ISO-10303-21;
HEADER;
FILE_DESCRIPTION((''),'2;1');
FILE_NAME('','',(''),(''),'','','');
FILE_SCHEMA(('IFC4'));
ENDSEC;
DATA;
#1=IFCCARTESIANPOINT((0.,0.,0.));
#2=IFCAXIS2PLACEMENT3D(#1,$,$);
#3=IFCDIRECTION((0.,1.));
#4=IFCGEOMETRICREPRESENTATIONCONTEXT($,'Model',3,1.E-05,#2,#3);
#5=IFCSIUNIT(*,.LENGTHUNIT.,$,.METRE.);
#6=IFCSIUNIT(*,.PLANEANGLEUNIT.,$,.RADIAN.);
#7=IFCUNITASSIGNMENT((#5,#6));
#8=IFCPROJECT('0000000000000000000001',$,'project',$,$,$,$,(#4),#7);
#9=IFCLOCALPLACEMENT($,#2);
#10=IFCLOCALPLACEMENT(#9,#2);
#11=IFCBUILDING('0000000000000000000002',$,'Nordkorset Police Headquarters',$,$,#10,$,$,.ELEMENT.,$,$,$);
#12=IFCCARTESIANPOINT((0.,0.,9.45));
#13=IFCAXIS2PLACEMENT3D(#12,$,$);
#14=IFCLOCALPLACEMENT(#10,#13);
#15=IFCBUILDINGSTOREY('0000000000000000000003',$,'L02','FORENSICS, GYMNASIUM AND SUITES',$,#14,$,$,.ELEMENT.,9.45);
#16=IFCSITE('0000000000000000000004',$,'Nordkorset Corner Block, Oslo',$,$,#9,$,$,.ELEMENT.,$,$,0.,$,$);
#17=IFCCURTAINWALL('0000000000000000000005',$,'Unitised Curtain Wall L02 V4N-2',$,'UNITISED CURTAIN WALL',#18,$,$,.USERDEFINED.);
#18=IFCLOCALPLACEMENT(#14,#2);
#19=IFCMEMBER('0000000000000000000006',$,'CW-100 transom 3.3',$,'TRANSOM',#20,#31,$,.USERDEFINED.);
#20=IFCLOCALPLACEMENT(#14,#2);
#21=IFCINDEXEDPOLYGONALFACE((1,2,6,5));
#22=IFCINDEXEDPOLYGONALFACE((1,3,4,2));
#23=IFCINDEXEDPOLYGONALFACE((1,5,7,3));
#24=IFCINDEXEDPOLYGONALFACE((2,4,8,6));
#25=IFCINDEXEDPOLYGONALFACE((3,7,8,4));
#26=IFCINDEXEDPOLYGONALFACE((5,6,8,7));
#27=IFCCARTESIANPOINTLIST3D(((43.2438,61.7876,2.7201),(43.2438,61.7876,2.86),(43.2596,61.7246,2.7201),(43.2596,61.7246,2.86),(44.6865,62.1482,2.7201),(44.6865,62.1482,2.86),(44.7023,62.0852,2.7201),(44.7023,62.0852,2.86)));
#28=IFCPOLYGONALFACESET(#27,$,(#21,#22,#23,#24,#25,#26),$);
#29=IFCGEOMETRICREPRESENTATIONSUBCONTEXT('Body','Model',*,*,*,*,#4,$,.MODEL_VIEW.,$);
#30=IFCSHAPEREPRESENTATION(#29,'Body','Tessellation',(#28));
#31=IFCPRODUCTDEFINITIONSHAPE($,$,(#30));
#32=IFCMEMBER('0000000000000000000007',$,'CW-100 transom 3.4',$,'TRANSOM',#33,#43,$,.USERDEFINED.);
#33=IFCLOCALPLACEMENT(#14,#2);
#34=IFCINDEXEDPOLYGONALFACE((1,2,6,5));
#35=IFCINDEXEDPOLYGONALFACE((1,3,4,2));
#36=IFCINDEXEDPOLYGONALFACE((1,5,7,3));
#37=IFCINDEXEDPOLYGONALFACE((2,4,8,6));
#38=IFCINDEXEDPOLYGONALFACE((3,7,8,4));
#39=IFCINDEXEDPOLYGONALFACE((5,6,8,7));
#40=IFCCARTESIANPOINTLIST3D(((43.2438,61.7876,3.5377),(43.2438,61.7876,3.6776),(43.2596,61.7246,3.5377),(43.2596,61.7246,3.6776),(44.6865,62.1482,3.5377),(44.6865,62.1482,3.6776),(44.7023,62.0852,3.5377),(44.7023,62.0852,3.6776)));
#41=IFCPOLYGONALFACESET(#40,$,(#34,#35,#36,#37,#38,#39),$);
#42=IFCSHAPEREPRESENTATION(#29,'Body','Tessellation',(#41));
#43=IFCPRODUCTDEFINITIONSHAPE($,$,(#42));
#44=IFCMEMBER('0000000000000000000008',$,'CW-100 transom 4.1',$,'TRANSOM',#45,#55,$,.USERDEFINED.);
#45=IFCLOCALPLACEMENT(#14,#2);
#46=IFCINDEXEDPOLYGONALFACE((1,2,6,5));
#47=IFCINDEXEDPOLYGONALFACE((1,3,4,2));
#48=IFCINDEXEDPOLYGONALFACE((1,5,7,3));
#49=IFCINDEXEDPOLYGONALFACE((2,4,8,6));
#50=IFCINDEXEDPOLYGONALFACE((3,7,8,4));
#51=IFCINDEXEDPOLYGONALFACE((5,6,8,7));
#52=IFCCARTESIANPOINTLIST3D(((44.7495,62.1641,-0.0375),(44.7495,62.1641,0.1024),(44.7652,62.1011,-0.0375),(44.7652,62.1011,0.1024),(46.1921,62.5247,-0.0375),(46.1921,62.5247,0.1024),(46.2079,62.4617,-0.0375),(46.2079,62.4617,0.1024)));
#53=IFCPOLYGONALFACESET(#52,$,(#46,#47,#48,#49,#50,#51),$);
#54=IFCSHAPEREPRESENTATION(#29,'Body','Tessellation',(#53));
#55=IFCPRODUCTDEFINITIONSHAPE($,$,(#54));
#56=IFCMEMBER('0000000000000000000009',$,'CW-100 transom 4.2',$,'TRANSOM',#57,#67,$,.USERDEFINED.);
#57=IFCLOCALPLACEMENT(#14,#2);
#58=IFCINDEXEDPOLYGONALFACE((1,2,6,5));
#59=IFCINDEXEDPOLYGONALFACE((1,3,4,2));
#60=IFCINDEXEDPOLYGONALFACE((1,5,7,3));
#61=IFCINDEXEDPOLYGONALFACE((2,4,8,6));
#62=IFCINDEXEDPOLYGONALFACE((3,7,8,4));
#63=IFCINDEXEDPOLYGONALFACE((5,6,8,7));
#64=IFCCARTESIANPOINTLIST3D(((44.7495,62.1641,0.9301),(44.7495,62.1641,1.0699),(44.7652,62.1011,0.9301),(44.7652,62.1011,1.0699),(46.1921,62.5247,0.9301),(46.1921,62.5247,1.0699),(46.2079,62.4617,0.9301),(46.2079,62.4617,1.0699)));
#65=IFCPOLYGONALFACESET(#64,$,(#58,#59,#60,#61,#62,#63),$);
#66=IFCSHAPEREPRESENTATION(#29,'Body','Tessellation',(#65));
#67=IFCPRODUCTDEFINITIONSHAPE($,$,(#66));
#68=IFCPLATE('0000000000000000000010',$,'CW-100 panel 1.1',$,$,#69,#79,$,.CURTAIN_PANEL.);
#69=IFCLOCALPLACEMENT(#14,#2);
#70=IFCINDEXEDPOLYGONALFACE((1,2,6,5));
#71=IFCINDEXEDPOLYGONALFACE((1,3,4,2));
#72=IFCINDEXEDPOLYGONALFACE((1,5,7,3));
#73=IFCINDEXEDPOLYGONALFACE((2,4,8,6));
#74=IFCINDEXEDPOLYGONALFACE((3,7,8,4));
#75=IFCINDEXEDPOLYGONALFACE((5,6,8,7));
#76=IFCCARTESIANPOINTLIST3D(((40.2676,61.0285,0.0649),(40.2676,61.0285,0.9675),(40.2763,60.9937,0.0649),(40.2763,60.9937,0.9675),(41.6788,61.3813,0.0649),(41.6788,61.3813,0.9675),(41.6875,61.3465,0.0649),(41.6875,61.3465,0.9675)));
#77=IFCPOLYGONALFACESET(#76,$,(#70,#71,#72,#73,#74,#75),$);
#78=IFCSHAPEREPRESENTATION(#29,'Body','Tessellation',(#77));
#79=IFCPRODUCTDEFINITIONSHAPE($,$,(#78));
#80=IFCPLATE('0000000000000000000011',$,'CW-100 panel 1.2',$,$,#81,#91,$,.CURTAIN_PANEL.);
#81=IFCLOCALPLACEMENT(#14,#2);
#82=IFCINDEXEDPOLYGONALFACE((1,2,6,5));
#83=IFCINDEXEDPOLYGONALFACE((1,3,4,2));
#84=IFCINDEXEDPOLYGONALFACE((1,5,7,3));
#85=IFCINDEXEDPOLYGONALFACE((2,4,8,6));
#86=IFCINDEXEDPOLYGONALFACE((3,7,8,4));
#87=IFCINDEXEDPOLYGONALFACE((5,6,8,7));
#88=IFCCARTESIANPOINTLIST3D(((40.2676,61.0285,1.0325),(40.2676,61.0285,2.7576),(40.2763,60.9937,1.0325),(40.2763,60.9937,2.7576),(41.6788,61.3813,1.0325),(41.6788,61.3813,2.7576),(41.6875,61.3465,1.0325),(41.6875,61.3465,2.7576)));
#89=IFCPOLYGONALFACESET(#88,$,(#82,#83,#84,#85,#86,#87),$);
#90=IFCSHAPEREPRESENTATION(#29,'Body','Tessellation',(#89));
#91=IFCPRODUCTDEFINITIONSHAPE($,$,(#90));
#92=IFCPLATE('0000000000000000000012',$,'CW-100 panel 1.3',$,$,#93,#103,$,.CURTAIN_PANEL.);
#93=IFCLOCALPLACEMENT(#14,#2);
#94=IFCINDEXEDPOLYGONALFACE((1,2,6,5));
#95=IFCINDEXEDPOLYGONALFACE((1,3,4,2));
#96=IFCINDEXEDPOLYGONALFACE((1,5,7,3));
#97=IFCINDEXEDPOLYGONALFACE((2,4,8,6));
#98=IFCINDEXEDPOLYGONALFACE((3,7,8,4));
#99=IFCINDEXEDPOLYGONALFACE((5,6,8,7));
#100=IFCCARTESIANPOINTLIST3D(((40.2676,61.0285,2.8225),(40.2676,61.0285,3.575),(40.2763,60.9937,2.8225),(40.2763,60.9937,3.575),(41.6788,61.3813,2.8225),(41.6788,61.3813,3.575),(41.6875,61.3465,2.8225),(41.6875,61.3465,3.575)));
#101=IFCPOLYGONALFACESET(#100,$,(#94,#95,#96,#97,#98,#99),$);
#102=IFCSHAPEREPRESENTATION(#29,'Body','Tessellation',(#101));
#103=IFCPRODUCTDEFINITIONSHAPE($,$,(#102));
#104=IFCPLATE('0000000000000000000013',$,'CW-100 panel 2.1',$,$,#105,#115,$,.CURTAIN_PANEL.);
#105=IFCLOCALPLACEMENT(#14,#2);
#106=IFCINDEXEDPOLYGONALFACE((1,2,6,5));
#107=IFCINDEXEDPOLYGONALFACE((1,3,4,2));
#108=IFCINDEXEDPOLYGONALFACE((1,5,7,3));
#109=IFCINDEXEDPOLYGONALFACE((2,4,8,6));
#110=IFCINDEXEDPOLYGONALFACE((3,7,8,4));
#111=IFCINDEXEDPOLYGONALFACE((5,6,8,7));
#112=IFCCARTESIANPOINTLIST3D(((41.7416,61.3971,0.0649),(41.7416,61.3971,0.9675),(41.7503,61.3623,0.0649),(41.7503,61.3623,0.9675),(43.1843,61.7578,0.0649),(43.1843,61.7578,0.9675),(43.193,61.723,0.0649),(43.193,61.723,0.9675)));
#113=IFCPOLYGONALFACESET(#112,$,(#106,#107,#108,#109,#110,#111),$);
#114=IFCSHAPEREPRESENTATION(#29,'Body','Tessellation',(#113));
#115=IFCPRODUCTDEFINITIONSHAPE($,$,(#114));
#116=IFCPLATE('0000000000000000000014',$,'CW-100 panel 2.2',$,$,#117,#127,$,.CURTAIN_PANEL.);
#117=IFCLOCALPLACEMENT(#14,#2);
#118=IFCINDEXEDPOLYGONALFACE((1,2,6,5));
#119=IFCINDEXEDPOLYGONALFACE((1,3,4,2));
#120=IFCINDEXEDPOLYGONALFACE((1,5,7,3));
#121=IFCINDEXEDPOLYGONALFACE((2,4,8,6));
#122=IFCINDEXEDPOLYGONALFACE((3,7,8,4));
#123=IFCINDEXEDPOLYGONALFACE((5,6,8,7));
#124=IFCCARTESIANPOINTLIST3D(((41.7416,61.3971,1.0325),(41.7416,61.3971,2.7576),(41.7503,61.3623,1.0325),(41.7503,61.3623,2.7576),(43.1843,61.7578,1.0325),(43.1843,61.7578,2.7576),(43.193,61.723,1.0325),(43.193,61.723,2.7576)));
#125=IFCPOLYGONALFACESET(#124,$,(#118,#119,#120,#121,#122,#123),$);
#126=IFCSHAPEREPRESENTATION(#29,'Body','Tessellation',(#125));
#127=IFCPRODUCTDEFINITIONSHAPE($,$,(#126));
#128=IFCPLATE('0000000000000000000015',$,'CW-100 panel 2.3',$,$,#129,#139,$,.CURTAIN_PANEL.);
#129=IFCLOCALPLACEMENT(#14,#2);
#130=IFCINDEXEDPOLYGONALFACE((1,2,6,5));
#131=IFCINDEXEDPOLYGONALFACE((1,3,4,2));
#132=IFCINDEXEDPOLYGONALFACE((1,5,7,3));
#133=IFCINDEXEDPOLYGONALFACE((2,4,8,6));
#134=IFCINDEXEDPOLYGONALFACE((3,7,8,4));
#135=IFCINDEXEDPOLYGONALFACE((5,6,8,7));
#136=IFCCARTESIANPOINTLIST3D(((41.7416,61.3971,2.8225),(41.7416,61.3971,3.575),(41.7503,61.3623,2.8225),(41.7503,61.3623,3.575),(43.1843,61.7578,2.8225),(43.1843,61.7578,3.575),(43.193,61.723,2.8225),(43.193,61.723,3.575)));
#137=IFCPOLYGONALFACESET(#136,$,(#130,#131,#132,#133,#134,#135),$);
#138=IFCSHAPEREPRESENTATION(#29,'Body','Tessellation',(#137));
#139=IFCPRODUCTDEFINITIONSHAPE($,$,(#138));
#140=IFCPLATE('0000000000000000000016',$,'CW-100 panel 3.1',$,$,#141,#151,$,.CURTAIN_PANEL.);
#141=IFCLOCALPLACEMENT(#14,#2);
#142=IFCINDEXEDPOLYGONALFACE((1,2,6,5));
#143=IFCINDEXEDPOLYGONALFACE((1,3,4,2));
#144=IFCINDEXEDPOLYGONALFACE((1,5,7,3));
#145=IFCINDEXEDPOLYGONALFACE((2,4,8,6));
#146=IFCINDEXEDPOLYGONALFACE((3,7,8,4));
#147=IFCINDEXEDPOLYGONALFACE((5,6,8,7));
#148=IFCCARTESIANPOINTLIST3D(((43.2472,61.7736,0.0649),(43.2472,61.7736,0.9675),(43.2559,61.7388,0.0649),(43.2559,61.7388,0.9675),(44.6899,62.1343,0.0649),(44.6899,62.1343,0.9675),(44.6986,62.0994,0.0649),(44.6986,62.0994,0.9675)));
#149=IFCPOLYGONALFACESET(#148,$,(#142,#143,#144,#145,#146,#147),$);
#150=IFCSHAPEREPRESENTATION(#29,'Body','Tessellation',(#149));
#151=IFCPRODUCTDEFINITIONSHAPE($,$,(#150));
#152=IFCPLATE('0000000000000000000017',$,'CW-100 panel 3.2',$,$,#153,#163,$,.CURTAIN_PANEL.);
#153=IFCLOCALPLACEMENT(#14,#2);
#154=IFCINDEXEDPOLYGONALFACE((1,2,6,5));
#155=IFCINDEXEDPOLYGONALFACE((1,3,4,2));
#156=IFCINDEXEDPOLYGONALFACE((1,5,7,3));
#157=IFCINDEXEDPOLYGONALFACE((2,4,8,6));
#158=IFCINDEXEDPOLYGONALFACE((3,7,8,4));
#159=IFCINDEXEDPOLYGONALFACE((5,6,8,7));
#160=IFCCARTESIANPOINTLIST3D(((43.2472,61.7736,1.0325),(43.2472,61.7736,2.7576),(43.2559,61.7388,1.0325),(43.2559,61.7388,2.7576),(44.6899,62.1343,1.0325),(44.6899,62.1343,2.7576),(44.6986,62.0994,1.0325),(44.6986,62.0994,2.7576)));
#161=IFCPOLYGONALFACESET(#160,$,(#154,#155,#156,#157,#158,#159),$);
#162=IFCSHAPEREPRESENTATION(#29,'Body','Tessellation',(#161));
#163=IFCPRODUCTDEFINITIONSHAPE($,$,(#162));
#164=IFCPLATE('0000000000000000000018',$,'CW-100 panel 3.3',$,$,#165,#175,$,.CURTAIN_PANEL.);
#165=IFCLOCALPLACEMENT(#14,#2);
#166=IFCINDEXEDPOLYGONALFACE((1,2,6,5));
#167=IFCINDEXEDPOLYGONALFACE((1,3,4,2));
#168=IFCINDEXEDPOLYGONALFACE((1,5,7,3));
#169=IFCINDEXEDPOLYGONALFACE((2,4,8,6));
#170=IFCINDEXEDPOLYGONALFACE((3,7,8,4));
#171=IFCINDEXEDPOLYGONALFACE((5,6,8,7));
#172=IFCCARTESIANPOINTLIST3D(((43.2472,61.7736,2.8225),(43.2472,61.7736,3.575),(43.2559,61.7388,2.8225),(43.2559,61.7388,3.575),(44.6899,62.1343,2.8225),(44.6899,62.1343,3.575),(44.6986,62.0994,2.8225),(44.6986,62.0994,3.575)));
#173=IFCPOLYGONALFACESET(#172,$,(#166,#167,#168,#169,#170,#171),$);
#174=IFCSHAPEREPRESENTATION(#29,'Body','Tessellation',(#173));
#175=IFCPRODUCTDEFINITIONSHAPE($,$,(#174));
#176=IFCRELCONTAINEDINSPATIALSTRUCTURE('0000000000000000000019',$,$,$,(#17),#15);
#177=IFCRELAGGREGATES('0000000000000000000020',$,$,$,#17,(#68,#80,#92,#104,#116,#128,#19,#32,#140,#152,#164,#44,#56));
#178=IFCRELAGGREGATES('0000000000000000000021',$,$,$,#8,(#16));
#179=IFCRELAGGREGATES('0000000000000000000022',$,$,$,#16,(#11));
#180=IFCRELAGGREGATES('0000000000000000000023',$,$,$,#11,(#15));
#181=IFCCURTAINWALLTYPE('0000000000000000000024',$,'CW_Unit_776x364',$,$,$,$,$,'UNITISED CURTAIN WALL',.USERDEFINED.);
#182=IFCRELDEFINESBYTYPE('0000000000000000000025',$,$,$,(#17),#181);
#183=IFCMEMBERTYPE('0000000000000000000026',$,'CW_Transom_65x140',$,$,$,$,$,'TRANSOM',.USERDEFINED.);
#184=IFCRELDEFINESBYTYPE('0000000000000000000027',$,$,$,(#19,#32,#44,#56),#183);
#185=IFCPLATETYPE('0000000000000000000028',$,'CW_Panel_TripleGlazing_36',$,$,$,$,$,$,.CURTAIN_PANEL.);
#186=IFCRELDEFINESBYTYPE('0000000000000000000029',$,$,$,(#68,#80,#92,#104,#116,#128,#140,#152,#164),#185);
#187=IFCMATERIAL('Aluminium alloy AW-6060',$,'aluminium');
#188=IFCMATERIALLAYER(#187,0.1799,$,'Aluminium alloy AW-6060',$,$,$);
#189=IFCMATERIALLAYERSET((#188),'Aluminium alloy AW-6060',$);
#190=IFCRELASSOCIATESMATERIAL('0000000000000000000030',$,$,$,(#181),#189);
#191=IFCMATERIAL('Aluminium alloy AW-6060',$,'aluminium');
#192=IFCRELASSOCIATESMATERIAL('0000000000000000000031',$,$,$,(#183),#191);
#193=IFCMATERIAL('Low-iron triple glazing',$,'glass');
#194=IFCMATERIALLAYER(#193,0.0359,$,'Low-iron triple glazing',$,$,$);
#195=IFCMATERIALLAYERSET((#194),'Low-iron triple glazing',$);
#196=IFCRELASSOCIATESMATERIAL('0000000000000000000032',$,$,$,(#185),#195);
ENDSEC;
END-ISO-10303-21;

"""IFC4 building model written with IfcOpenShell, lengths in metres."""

from ifc_helpers import new_model, si_unit, direction, frame, origin, origin_2d, place, context, subcontext, project, spatial, rectangle, extrude, material, layer, layer_set, material_profile, profile_set, type_object, element, aggregate, save


model = new_model("IFC4")

# Units and contexts
model_context = context("Model", 3, precision=1e-05, world=origin(), true_north=direction((0.0, 1.0)))
body_context = subcontext(model_context, "Body", "Model", "MODEL_VIEW")
ifc_project = project(units=[si_unit("LENGTHUNIT", "METRE"), si_unit("PLANEANGLEUNIT", "RADIAN")], contexts=[model_context])

# Site, building, storey
site_placement = place(None, origin())
site = spatial("IfcSite", under=ifc_project, at=site_placement, Name="Nordkorset Corner Block, Oslo", CompositionType="ELEMENT", RefElevation=0.0)
building_placement = place(site_placement, origin())
building = spatial("IfcBuilding", under=site, at=building_placement, Name="Nordkorset Police Headquarters", CompositionType="ELEMENT")
storey_placement = place(building_placement, frame((0.0, 0.0, 9.45)))
storey = spatial("IfcBuildingStorey", under=building, at=storey_placement, Name="L02", Description="FORENSICS, GYMNASIUM AND SUITES", CompositionType="ELEMENT", Elevation=9.45)

# Curtain wall, members, plates
ifc_material_1 = material(Name="Aluminium alloy AW-6060", Category="aluminium")
ifc_layer_1 = layer(ifc_material_1, 0.1799, Name="Aluminium alloy AW-6060")
ifc_layer_set_1 = layer_set([ifc_layer_1], Name="Aluminium alloy AW-6060")
curtain_wall_type = type_object("IfcCurtainWallType", Name="CW_Unit_776x364", ElementType="UNITISED CURTAIN WALL", PredefinedType="USERDEFINED", material=ifc_layer_set_1)
curtain_wall_placement = place(storey_placement, origin())
curtain_wall = element("IfcCurtainWall", 1, at=curtain_wall_placement, inside=storey, type_object=curtain_wall_type, Name="Unitised Curtain Wall L02 V4N-2", ObjectType="UNITISED CURTAIN WALL", PredefinedType="USERDEFINED")
ifc_material_2 = material(Name="Aluminium alloy AW-6060", Category="aluminium")
ifc_material_profile_1 = material_profile(ifc_material_2, rectangle(XDim=0.0649, YDim=0.1399, at=origin_2d()), Name="ALU TRAN 65x140")
ifc_profile_set_1 = profile_set([ifc_material_profile_1], Name="Aluminium alloy AW-6060")
member_type_1 = type_object("IfcMemberType", Name="CW_Transom_65x140", ElementType="TRANSOM", PredefinedType="USERDEFINED", material=ifc_profile_set_1)
member_1_placement = place(storey_placement, frame((43.2517, 61.7561, 2.79), z_axis=(0.970152, 0.242497, 0.0), x_axis=(-0.242497, 0.970152, 0.0)))
member_1 = element("IfcMember", 2, at=member_1_placement, type_object=member_type_1, Name="CW-100 transom 3.3", ObjectType="TRANSOM", PredefinedType="USERDEFINED", context=body_context, shape_type="SweptSolid", body=[
    extrude(rectangle(XDim=0.0649, YDim=0.1399, at=origin_2d()), origin(), (0.0, 0.0, 1.0), 1.4871),
])
member_2_placement = place(storey_placement, frame((43.2517, 61.7561, 3.6077), z_axis=(0.970152, 0.242497, 0.0), x_axis=(-0.242497, 0.970152, 0.0)))
member_2 = element("IfcMember", 3, at=member_2_placement, type_object=member_type_1, Name="CW-100 transom 3.4", ObjectType="TRANSOM", PredefinedType="USERDEFINED", context=body_context, shape_type="SweptSolid", body=[
    extrude(rectangle(XDim=0.0649, YDim=0.1399, at=origin_2d()), origin(), (0.0, 0.0, 1.0), 1.4871),
])
member_3_placement = place(storey_placement, frame((44.7573, 62.1326, 0.0325), z_axis=(0.970152, 0.242497, 0.0), x_axis=(-0.242497, 0.970152, 0.0)))
member_3 = element("IfcMember", 4, at=member_3_placement, type_object=member_type_1, Name="CW-100 transom 4.1", ObjectType="TRANSOM", PredefinedType="USERDEFINED", context=body_context, shape_type="SweptSolid", body=[
    extrude(rectangle(XDim=0.0649, YDim=0.1399, at=origin_2d()), origin(), (0.0, 0.0, 1.0), 1.4871),
])
member_4_placement = place(storey_placement, frame((44.7573, 62.1326, 1.0), z_axis=(0.970152, 0.242497, 0.0), x_axis=(-0.242497, 0.970152, 0.0)))
member_4 = element("IfcMember", 5, at=member_4_placement, type_object=member_type_1, Name="CW-100 transom 4.2", ObjectType="TRANSOM", PredefinedType="USERDEFINED", context=body_context, shape_type="SweptSolid", body=[
    extrude(rectangle(XDim=0.0649, YDim=0.1399, at=origin_2d()), origin(), (0.0, 0.0, 1.0), 1.4871),
])
ifc_material_3 = material(Name="Low-iron triple glazing", Category="glass")
ifc_layer_2 = layer(ifc_material_3, 0.0359, Name="Low-iron triple glazing")
ifc_layer_set_2 = layer_set([ifc_layer_2], Name="Low-iron triple glazing")
plate_type = type_object("IfcPlateType", Name="CW_Panel_TripleGlazing_36", PredefinedType="CURTAIN_PANEL", material=ifc_layer_set_2)
plate_1_placement = place(storey_placement, frame((40.9775, 61.1875, 0.0649), z_axis=(0.0, 0.0, 1.0), x_axis=(0.970142, 0.242536, 0.0)))
plate_1 = element("IfcPlate", 6, at=plate_1_placement, type_object=plate_type, Name="CW-100 panel 1.1", PredefinedType="CURTAIN_PANEL", context=body_context, shape_type="SweptSolid", body=[
    extrude(rectangle(XDim=1.4546, YDim=0.0359, at=origin_2d()), origin(), (0.0, 0.0, 1.0), 0.9026),
])
plate_2_placement = place(storey_placement, frame((40.9775, 61.1875, 1.0325), z_axis=(0.0, 0.0, 1.0), x_axis=(0.970142, 0.242536, 0.0)))
plate_2 = element("IfcPlate", 7, at=plate_2_placement, type_object=plate_type, Name="CW-100 panel 1.2", PredefinedType="CURTAIN_PANEL", context=body_context, shape_type="SweptSolid", body=[
    extrude(rectangle(XDim=1.4546, YDim=0.0359, at=origin_2d()), origin(), (0.0, 0.0, 1.0), 1.7251),
])
plate_3_placement = place(storey_placement, frame((40.9775, 61.1875, 2.8225), z_axis=(0.0, 0.0, 1.0), x_axis=(0.970142, 0.242536, 0.0)))
plate_3 = element("IfcPlate", 8, at=plate_3_placement, type_object=plate_type, Name="CW-100 panel 1.3", PredefinedType="CURTAIN_PANEL", context=body_context, shape_type="SweptSolid", body=[
    extrude(rectangle(XDim=1.4546, YDim=0.0359, at=origin_2d()), origin(), (0.0, 0.0, 1.0), 0.7524),
])
plate_4_placement = place(storey_placement, frame((42.4673, 61.5601, 0.0649), z_axis=(0.0, 0.0, 1.0), x_axis=(0.970142, 0.242536, 0.0)))
plate_4 = element("IfcPlate", 9, at=plate_4_placement, type_object=plate_type, Name="CW-100 panel 2.1", PredefinedType="CURTAIN_PANEL", context=body_context, shape_type="SweptSolid", body=[
    extrude(rectangle(XDim=1.4871, YDim=0.0359, at=origin_2d()), origin(), (0.0, 0.0, 1.0), 0.9026),
])
plate_5_placement = place(storey_placement, frame((42.4673, 61.5601, 1.0325), z_axis=(0.0, 0.0, 1.0), x_axis=(0.970142, 0.242536, 0.0)))
plate_5 = element("IfcPlate", 10, at=plate_5_placement, type_object=plate_type, Name="CW-100 panel 2.2", PredefinedType="CURTAIN_PANEL", context=body_context, shape_type="SweptSolid", body=[
    extrude(rectangle(XDim=1.4871, YDim=0.0359, at=origin_2d()), origin(), (0.0, 0.0, 1.0), 1.7251),
])
plate_6_placement = place(storey_placement, frame((42.4673, 61.5601, 2.8225), z_axis=(0.0, 0.0, 1.0), x_axis=(0.970142, 0.242536, 0.0)))
plate_6 = element("IfcPlate", 11, at=plate_6_placement, type_object=plate_type, Name="CW-100 panel 2.3", PredefinedType="CURTAIN_PANEL", context=body_context, shape_type="SweptSolid", body=[
    extrude(rectangle(XDim=1.4871, YDim=0.0359, at=origin_2d()), origin(), (0.0, 0.0, 1.0), 0.7524),
])
plate_7_placement = place(storey_placement, frame((43.9729, 61.9365, 0.0649), z_axis=(0.0, 0.0, 1.0), x_axis=(0.970142, 0.242536, 0.0)))
plate_7 = element("IfcPlate", 12, at=plate_7_placement, type_object=plate_type, Name="CW-100 panel 3.1", PredefinedType="CURTAIN_PANEL", context=body_context, shape_type="SweptSolid", body=[
    extrude(rectangle(XDim=1.4871, YDim=0.0359, at=origin_2d()), origin(), (0.0, 0.0, 1.0), 0.9026),
])
plate_8_placement = place(storey_placement, frame((43.9729, 61.9365, 1.0325), z_axis=(0.0, 0.0, 1.0), x_axis=(0.970142, 0.242536, 0.0)))
plate_8 = element("IfcPlate", 13, at=plate_8_placement, type_object=plate_type, Name="CW-100 panel 3.2", PredefinedType="CURTAIN_PANEL", context=body_context, shape_type="SweptSolid", body=[
    extrude(rectangle(XDim=1.4871, YDim=0.0359, at=origin_2d()), origin(), (0.0, 0.0, 1.0), 1.7251),
])
plate_9_placement = place(storey_placement, frame((43.9729, 61.9365, 2.8225), z_axis=(0.0, 0.0, 1.0), x_axis=(0.970142, 0.242536, 0.0)))
plate_9 = element("IfcPlate", 14, at=plate_9_placement, type_object=plate_type, Name="CW-100 panel 3.3", PredefinedType="CURTAIN_PANEL", context=body_context, shape_type="SweptSolid", body=[
    extrude(rectangle(XDim=1.4871, YDim=0.0359, at=origin_2d()), origin(), (0.0, 0.0, 1.0), 0.7524),
])
aggregate(curtain_wall, [plate_1, plate_2, plate_3, plate_4, plate_5, plate_6, member_1, member_2, plate_7, plate_8, plate_9, member_3, member_4])

save(model, "model.ifc")
